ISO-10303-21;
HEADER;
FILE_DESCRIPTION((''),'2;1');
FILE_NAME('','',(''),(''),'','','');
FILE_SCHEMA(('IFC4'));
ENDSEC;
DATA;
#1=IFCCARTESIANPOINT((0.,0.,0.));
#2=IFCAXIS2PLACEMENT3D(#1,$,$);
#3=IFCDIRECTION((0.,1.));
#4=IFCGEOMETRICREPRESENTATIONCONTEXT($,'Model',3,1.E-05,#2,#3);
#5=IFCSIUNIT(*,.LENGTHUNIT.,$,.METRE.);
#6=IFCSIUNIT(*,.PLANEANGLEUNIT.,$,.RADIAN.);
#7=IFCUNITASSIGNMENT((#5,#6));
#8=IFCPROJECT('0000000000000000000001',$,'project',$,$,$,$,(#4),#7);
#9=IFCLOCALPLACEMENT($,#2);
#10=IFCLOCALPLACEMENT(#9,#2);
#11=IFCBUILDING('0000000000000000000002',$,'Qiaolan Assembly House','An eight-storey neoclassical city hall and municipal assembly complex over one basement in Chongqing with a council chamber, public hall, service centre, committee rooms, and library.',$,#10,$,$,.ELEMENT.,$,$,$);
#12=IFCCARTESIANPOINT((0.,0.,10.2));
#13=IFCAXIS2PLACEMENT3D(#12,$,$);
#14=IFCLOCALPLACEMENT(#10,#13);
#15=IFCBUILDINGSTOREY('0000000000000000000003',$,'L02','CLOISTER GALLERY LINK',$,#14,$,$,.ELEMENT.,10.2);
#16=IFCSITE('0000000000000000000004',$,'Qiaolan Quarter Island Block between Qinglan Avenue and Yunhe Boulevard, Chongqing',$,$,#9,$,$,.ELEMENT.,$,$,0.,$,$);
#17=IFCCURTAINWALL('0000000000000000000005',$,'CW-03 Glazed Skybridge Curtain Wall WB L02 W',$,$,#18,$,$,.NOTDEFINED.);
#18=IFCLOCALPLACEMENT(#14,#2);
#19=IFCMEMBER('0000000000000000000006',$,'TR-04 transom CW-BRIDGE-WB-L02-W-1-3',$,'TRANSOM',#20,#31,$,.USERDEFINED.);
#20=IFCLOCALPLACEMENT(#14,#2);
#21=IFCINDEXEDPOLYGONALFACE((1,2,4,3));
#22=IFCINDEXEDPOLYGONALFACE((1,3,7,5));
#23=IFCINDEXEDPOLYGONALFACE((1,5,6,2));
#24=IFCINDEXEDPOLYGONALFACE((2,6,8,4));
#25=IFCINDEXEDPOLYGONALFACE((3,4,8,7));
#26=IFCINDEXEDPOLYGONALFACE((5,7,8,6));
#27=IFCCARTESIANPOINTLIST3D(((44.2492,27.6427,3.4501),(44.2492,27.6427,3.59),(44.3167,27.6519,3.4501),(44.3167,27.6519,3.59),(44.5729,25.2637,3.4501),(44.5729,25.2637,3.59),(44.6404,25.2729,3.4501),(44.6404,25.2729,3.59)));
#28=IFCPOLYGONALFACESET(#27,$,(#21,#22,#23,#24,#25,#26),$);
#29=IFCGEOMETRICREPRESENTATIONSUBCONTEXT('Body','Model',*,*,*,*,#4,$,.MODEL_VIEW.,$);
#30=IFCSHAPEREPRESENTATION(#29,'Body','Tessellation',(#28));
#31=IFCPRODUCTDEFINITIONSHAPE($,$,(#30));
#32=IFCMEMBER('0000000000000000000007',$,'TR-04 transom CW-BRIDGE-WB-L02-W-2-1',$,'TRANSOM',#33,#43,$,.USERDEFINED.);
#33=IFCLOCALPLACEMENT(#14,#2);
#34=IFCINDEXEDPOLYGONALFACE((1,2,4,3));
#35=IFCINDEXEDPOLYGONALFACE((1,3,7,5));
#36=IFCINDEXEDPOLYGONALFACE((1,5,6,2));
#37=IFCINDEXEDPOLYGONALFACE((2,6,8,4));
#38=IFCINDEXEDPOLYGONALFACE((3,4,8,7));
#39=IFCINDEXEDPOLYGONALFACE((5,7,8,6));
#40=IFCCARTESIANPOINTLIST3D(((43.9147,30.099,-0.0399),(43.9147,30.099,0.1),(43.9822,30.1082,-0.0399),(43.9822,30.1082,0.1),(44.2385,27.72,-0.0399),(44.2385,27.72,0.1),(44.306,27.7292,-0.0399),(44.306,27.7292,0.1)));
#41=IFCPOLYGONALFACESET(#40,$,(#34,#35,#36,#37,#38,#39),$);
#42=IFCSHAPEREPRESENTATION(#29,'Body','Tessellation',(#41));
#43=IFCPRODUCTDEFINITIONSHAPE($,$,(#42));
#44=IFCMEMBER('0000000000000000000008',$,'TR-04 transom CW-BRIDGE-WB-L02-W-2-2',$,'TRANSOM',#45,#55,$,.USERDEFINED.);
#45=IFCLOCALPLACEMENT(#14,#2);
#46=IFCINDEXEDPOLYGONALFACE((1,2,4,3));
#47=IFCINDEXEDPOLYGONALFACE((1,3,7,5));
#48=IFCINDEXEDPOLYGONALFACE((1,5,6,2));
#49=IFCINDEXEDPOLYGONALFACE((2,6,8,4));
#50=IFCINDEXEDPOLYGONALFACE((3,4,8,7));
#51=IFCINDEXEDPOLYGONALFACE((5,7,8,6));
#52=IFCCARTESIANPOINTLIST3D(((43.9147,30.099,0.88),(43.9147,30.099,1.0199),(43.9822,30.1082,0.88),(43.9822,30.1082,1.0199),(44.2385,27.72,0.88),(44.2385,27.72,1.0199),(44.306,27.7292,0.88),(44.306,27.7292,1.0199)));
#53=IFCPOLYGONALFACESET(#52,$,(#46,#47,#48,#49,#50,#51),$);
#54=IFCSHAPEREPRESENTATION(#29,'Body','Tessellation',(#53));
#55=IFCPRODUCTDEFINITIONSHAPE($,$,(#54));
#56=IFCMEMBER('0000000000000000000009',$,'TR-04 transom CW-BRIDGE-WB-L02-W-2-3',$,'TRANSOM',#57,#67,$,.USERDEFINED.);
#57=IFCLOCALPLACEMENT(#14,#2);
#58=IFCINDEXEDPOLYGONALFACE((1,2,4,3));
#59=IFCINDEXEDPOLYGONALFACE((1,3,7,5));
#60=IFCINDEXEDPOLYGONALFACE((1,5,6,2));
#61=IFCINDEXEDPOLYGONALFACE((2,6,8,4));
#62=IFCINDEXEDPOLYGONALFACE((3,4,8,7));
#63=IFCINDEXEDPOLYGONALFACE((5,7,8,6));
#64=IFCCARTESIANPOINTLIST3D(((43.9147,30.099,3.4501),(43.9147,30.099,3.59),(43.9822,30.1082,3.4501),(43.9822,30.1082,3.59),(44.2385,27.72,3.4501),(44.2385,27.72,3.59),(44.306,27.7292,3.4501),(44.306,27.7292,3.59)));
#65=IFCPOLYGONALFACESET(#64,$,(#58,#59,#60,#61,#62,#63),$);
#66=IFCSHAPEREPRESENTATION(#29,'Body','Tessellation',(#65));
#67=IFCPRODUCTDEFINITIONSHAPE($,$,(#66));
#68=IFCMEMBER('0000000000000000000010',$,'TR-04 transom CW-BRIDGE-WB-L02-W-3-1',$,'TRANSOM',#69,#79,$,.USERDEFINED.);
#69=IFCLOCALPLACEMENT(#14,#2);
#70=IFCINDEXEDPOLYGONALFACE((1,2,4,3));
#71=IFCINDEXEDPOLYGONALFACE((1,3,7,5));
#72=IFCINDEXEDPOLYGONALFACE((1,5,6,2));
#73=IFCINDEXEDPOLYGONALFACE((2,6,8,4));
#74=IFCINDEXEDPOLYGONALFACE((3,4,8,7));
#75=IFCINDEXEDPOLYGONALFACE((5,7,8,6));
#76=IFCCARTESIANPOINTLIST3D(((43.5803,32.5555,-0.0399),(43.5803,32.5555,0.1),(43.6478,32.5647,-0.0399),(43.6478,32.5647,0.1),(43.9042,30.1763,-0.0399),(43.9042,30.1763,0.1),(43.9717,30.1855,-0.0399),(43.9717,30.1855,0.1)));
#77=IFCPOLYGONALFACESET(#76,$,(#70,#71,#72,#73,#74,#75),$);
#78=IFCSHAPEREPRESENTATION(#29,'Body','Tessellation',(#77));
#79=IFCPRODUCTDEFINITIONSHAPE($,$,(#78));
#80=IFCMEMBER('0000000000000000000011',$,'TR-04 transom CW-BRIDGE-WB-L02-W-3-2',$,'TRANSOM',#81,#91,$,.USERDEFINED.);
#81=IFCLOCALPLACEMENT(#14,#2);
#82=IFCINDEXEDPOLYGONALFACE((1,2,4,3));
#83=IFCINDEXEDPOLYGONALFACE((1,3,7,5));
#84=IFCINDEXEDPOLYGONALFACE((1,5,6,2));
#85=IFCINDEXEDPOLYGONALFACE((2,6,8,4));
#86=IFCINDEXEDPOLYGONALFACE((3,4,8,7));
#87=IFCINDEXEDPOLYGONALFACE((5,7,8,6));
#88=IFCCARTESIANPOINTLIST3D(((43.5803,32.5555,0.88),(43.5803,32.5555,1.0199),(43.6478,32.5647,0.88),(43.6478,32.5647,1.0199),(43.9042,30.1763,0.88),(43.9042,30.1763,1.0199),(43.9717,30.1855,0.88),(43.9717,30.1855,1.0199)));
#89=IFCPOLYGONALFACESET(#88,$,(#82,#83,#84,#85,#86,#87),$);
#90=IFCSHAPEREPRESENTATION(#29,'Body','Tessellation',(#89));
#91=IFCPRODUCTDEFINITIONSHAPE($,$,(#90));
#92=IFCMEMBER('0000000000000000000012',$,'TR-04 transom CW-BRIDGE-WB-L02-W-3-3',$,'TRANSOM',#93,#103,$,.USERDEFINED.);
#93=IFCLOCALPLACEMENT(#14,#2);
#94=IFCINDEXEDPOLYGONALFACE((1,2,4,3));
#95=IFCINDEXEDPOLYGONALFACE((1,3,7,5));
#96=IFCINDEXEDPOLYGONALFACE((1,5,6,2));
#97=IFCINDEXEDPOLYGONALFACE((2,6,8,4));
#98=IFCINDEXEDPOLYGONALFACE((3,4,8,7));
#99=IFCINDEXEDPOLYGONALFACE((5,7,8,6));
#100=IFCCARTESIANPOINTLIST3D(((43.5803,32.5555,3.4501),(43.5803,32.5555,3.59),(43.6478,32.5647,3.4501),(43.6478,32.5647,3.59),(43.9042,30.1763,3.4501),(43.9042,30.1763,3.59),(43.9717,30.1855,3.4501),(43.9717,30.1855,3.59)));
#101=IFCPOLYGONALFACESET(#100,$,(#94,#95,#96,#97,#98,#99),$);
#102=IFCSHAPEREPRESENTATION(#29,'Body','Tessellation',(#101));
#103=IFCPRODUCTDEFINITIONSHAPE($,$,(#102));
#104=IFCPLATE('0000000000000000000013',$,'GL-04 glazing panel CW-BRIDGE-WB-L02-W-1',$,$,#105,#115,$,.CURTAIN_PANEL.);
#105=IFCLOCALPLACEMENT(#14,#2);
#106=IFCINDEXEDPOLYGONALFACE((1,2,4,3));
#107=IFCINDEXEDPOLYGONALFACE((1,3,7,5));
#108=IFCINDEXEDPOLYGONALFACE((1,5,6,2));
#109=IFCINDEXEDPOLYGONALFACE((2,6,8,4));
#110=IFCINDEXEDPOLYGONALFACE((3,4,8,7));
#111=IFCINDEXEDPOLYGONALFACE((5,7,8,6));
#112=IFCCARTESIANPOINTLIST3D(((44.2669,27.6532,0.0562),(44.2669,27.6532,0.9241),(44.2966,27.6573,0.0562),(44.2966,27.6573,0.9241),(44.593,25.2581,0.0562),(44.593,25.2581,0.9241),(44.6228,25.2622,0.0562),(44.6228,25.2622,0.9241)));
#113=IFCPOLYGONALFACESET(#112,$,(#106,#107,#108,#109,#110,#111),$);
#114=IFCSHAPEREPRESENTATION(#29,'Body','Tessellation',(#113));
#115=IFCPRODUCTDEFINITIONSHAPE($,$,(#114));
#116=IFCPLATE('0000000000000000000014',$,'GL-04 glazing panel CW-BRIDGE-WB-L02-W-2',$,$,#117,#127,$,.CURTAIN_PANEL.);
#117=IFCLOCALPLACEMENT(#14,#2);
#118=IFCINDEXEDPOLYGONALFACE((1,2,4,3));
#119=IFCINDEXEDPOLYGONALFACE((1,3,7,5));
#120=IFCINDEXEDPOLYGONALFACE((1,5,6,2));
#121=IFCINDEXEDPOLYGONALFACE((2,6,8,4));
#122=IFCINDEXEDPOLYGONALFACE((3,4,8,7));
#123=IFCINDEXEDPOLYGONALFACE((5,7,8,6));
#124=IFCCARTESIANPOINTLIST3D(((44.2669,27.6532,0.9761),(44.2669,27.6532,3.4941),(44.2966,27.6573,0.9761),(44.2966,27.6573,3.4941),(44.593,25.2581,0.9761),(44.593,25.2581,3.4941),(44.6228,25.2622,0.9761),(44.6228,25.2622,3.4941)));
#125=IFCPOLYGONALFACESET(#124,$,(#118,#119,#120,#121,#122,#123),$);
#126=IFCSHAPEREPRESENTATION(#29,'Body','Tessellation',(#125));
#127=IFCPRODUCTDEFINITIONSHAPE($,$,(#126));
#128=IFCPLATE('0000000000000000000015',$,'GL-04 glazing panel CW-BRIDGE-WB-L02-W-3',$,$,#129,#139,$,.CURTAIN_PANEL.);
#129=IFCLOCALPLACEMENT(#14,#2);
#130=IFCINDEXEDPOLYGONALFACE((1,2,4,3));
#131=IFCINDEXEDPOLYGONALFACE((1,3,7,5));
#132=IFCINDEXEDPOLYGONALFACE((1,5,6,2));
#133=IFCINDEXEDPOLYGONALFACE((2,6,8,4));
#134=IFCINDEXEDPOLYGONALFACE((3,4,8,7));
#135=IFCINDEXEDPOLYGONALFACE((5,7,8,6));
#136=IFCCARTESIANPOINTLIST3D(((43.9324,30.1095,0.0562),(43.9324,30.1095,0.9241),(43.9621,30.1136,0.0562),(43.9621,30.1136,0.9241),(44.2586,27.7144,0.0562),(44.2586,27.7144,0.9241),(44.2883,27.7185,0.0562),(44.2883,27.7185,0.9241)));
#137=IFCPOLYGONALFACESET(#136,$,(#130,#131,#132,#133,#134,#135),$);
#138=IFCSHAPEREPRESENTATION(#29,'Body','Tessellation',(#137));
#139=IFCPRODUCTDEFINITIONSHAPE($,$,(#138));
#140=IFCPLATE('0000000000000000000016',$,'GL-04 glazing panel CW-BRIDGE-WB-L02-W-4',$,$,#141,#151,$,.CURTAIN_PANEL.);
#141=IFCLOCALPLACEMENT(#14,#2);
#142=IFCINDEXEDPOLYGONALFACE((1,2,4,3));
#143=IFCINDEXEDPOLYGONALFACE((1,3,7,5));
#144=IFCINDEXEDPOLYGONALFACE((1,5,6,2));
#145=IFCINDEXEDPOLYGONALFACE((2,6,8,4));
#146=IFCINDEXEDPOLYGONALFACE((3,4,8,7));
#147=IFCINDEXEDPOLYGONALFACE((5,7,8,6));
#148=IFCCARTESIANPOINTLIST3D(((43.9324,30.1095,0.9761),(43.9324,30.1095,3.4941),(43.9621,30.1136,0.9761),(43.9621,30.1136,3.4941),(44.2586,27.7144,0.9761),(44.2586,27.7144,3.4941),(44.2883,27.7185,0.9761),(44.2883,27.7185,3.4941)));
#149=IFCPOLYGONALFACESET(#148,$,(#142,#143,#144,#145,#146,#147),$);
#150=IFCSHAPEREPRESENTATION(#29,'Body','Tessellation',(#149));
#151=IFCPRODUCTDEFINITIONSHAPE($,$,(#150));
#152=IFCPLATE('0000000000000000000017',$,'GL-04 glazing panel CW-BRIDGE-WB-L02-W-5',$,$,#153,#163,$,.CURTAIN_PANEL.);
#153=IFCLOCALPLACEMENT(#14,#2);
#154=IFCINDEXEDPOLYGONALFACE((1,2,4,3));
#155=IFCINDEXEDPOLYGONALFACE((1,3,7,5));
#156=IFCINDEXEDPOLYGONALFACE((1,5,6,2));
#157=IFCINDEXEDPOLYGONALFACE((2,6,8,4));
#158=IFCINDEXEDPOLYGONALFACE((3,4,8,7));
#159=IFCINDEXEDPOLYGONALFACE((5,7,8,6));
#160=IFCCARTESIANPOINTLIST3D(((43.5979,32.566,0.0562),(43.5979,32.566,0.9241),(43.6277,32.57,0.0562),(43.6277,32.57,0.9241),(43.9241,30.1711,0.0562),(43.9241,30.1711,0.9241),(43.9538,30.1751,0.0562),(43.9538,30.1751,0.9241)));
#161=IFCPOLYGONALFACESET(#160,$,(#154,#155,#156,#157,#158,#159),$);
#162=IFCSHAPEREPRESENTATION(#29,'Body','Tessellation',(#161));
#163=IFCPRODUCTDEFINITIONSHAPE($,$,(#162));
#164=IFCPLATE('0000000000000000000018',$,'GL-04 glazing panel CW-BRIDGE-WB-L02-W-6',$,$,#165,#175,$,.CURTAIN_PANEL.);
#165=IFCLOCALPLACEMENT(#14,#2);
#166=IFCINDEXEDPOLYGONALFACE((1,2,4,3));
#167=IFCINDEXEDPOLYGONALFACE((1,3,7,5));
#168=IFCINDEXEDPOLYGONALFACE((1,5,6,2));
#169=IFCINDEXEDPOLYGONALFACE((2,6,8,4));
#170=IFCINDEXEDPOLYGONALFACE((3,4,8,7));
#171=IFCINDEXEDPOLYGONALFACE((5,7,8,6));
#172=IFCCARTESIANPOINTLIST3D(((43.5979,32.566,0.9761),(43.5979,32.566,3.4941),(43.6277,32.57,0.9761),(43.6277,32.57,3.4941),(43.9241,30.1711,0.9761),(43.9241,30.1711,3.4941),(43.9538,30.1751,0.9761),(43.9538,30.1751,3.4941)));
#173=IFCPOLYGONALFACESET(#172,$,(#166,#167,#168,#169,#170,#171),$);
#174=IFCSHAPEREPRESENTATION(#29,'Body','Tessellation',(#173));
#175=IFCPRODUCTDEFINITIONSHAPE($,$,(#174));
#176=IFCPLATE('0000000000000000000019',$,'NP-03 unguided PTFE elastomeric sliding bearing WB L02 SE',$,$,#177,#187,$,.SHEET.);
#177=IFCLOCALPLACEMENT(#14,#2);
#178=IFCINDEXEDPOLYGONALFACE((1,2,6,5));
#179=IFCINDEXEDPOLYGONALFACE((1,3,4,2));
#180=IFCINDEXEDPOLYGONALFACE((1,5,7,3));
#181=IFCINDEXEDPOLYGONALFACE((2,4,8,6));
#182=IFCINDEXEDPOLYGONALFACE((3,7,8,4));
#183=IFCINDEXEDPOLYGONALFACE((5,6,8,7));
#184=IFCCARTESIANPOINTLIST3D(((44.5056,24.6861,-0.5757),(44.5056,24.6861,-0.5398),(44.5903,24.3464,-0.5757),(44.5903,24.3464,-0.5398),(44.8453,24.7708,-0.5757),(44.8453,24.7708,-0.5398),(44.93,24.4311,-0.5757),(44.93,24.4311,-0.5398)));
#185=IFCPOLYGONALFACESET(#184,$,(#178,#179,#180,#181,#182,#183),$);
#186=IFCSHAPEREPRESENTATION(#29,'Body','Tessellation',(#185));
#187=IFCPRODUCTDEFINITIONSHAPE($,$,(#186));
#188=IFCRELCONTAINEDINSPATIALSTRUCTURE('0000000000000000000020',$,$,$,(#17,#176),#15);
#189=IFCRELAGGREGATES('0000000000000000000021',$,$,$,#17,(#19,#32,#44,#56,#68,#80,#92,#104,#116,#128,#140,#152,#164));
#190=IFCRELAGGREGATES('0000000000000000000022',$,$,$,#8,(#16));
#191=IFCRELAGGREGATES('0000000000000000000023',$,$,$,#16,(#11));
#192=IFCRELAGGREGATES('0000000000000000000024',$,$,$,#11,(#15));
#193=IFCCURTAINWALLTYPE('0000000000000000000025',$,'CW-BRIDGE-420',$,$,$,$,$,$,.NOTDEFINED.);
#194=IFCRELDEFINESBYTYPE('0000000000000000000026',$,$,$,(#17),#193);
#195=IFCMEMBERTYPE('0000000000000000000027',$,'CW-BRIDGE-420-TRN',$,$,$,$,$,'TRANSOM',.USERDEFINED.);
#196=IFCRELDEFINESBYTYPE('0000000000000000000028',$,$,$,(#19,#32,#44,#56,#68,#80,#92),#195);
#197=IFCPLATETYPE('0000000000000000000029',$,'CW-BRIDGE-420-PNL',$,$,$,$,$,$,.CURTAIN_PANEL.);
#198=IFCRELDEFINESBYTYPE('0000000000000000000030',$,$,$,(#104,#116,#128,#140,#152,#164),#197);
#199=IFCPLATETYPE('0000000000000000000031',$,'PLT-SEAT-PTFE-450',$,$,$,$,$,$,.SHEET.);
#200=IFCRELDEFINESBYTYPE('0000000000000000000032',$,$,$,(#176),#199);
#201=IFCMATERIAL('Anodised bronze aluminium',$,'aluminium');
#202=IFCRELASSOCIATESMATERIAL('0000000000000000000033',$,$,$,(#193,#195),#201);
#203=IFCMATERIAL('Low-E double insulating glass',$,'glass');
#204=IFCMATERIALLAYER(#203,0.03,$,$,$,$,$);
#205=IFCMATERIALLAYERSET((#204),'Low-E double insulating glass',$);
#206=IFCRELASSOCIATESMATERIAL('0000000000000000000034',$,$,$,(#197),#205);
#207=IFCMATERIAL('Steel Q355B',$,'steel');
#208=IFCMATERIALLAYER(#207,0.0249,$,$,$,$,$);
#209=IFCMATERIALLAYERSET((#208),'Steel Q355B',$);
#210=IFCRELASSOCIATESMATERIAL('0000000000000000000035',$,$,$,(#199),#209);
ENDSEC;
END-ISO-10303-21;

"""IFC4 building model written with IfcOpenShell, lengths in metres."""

from ifc_helpers import new_model, si_unit, direction, frame, frame_2d, origin, origin_2d, place, context, subcontext, project, spatial, rectangle, extrude, material, layer, layer_set, material_profile, profile_set, type_object, element, aggregate, save


model = new_model("IFC4")

# Units and contexts
model_context = context("Model", 3, precision=1e-05, world=origin(), true_north=direction((0.0, 1.0)))
body_context = subcontext(model_context, "Body", "Model", "MODEL_VIEW")
ifc_project = project(units=[si_unit("LENGTHUNIT", "METRE"), si_unit("PLANEANGLEUNIT", "RADIAN")], contexts=[model_context])

# Site, building, storey
site_placement = place(None, origin())
site = spatial("IfcSite", under=ifc_project, at=site_placement, Name="Qiaolan Quarter Island Block between Qinglan Avenue and Yunhe Boulevard, Chongqing", CompositionType="ELEMENT", RefElevation=0.0)
building_placement = place(site_placement, origin())
building = spatial("IfcBuilding", under=site, at=building_placement, Name="Qiaolan Assembly House", Description="An eight-storey neoclassical city hall and municipal assembly complex over one basement in Chongqing with a council chamber, public hall, service centre, committee rooms, and library.", CompositionType="ELEMENT")
storey_placement = place(building_placement, frame((0.0, 0.0, 10.2)))
storey = spatial("IfcBuildingStorey", under=building, at=storey_placement, Name="L02", Description="CLOISTER GALLERY LINK", CompositionType="ELEMENT", Elevation=10.2)

# Shared definitions
ifc_material_1 = material(Name="Steel Q355B", Category="steel")

# Curtain wall, members, plates
ifc_material_2 = material(Name="Anodised bronze aluminium", Category="aluminium")
curtain_wall_type = type_object("IfcCurtainWallType", Name="CW-BRIDGE-420", PredefinedType="NOTDEFINED", material=ifc_material_2)
curtain_wall_placement = place(storey_placement, origin())
curtain_wall = element("IfcCurtainWall", 1, at=curtain_wall_placement, inside=storey, type_object=curtain_wall_type, Name="CW-03 Glazed Skybridge Curtain Wall WB L02 W", PredefinedType="NOTDEFINED")
ifc_material_profile_1 = material_profile(ifc_material_2, rectangle(XDim=0.0681, YDim=0.1399, at=origin_2d()), Name="TRN 68x140")
ifc_profile_set_1 = profile_set([ifc_material_profile_1], Name="Anodised bronze aluminium")
member_type_1 = type_object("IfcMemberType", Name="CW-BRIDGE-420-TRN", ElementType="TRANSOM", PredefinedType="USERDEFINED", material=ifc_profile_set_1)
member_1_placement = place(storey_placement, frame((44.6067, 25.2683, 3.52), z_axis=(-0.134841, 0.990867, 0.0), x_axis=(-0.990867, -0.134841, 0.0)))
member_1 = element("IfcMember", 2, at=member_1_placement, type_object=member_type_1, Name="TR-04 transom CW-BRIDGE-WB-L02-W-1-3", ObjectType="TRANSOM", PredefinedType="USERDEFINED", context=body_context, shape_type="SweptSolid", body=[
    extrude(rectangle(XDim=0.0681, YDim=0.1399, at=origin_2d()), origin(), (0.0, 0.0, 1.0), 2.4009),
])
member_2_placement = place(storey_placement, frame((44.2722, 27.7246, 0.03), z_axis=(-0.134841, 0.990867, 0.0), x_axis=(-0.990867, -0.134841, 0.0)))
member_2 = element("IfcMember", 3, at=member_2_placement, type_object=member_type_1, Name="TR-04 transom CW-BRIDGE-WB-L02-W-2-1", ObjectType="TRANSOM", PredefinedType="USERDEFINED", context=body_context, shape_type="SweptSolid", body=[
    extrude(rectangle(XDim=0.0681, YDim=0.1399, at=origin_2d()), origin(), (0.0, 0.0, 1.0), 2.4009),
])
member_3_placement = place(storey_placement, frame((44.2722, 27.7246, 0.95), z_axis=(-0.134841, 0.990867, 0.0), x_axis=(-0.990867, -0.134841, 0.0)))
member_3 = element("IfcMember", 4, at=member_3_placement, type_object=member_type_1, Name="TR-04 transom CW-BRIDGE-WB-L02-W-2-2", ObjectType="TRANSOM", PredefinedType="USERDEFINED", context=body_context, shape_type="SweptSolid", body=[
    extrude(rectangle(XDim=0.0681, YDim=0.1399, at=origin_2d()), origin(), (0.0, 0.0, 1.0), 2.4009),
])
member_4_placement = place(storey_placement, frame((44.2722, 27.7246, 3.52), z_axis=(-0.134841, 0.990867, 0.0), x_axis=(-0.990867, -0.134841, 0.0)))
member_4 = element("IfcMember", 5, at=member_4_placement, type_object=member_type_1, Name="TR-04 transom CW-BRIDGE-WB-L02-W-2-3", ObjectType="TRANSOM", PredefinedType="USERDEFINED", context=body_context, shape_type="SweptSolid", body=[
    extrude(rectangle(XDim=0.0681, YDim=0.1399, at=origin_2d()), origin(), (0.0, 0.0, 1.0), 2.4009),
])
member_5_placement = place(storey_placement, frame((43.938, 30.1809, 0.03), z_axis=(-0.134927, 0.990856, 0.0), x_axis=(-0.990856, -0.134927, 0.0)))
member_5 = element("IfcMember", 6, at=member_5_placement, type_object=member_type_1, Name="TR-04 transom CW-BRIDGE-WB-L02-W-3-1", ObjectType="TRANSOM", PredefinedType="USERDEFINED", context=body_context, shape_type="SweptSolid", body=[
    extrude(rectangle(XDim=0.0681, YDim=0.1399, at=origin_2d()), origin(), (0.0, 0.0, 1.0), 2.4011),
])
member_6_placement = place(storey_placement, frame((43.938, 30.1809, 0.95), z_axis=(-0.134927, 0.990856, 0.0), x_axis=(-0.990856, -0.134927, 0.0)))
member_6 = element("IfcMember", 7, at=member_6_placement, type_object=member_type_1, Name="TR-04 transom CW-BRIDGE-WB-L02-W-3-2", ObjectType="TRANSOM", PredefinedType="USERDEFINED", context=body_context, shape_type="SweptSolid", body=[
    extrude(rectangle(XDim=0.0681, YDim=0.1399, at=origin_2d()), origin(), (0.0, 0.0, 1.0), 2.4011),
])
member_7_placement = place(storey_placement, frame((43.938, 30.1809, 3.52), z_axis=(-0.134927, 0.990856, 0.0), x_axis=(-0.990856, -0.134927, 0.0)))
member_7 = element("IfcMember", 8, at=member_7_placement, type_object=member_type_1, Name="TR-04 transom CW-BRIDGE-WB-L02-W-3-3", ObjectType="TRANSOM", PredefinedType="USERDEFINED", context=body_context, shape_type="SweptSolid", body=[
    extrude(rectangle(XDim=0.0681, YDim=0.1399, at=origin_2d()), origin(), (0.0, 0.0, 1.0), 2.4011),
])
ifc_material_3 = material(Name="Low-E double insulating glass", Category="glass")
ifc_layer_1 = layer(ifc_material_3, 0.03)
ifc_layer_set_1 = layer_set([ifc_layer_1], Name="Low-E double insulating glass")
plate_type_1 = type_object("IfcPlateType", Name="CW-BRIDGE-420-PNL", PredefinedType="CURTAIN_PANEL", material=ifc_layer_set_1)
plate_1_placement = place(storey_placement, frame((44.6079, 25.2603, 0.0562), z_axis=(0.0, 0.0, 1.0), x_axis=(-0.134942, 0.990854, 0.0)))
plate_1 = element("IfcPlate", 9, at=plate_1_placement, type_object=plate_type_1, Name="GL-04 glazing panel CW-BRIDGE-WB-L02-W-1", PredefinedType="CURTAIN_PANEL", context=body_context, shape_type="SweptSolid", body=[
    extrude(rectangle(XDim=2.4172, YDim=0.03, at=frame_2d((1.2085, 0.0))), origin(), (0.0, 0.0, 1.0), 0.8679),
])
plate_2_placement = place(storey_placement, frame((44.6079, 25.2603, 0.9761), z_axis=(0.0, 0.0, 1.0), x_axis=(-0.134942, 0.990854, 0.0)))
plate_2 = element("IfcPlate", 10, at=plate_2_placement, type_object=plate_type_1, Name="GL-04 glazing panel CW-BRIDGE-WB-L02-W-2", PredefinedType="CURTAIN_PANEL", context=body_context, shape_type="SweptSolid", body=[
    extrude(rectangle(XDim=2.4172, YDim=0.03, at=frame_2d((1.2085, 0.0))), origin(), (0.0, 0.0, 1.0), 2.5181),
])
plate_3_placement = place(storey_placement, frame((44.2734, 27.7166, 0.0562), z_axis=(0.0, 0.0, 1.0), x_axis=(-0.134942, 0.990854, 0.0)))
plate_3 = element("IfcPlate", 11, at=plate_3_placement, type_object=plate_type_1, Name="GL-04 glazing panel CW-BRIDGE-WB-L02-W-3", PredefinedType="CURTAIN_PANEL", context=body_context, shape_type="SweptSolid", body=[
    extrude(rectangle(XDim=2.4172, YDim=0.03, at=frame_2d((1.2085, 0.0))), origin(), (0.0, 0.0, 1.0), 0.8679),
])
plate_4_placement = place(storey_placement, frame((44.2734, 27.7166, 0.9761), z_axis=(0.0, 0.0, 1.0), x_axis=(-0.134942, 0.990854, 0.0)))
plate_4 = element("IfcPlate", 12, at=plate_4_placement, type_object=plate_type_1, Name="GL-04 glazing panel CW-BRIDGE-WB-L02-W-4", PredefinedType="CURTAIN_PANEL", context=body_context, shape_type="SweptSolid", body=[
    extrude(rectangle(XDim=2.4172, YDim=0.03, at=frame_2d((1.2085, 0.0))), origin(), (0.0, 0.0, 1.0), 2.5181),
])
plate_5_placement = place(storey_placement, frame((43.939, 30.1731, 0.0562), z_axis=(0.0, 0.0, 1.0), x_axis=(-0.134955, 0.990852, 0.0)))
plate_5 = element("IfcPlate", 13, at=plate_5_placement, type_object=plate_type_1, Name="GL-04 glazing panel CW-BRIDGE-WB-L02-W-5", PredefinedType="CURTAIN_PANEL", context=body_context, shape_type="SweptSolid", body=[
    extrude(rectangle(XDim=2.417, YDim=0.03, at=frame_2d((1.2085, 0.0))), origin(), (0.0, 0.0, 1.0), 0.8679),
])
plate_6_placement = place(storey_placement, frame((43.939, 30.1731, 0.9761), z_axis=(0.0, 0.0, 1.0), x_axis=(-0.134955, 0.990852, 0.0)))
plate_6 = element("IfcPlate", 14, at=plate_6_placement, type_object=plate_type_1, Name="GL-04 glazing panel CW-BRIDGE-WB-L02-W-6", PredefinedType="CURTAIN_PANEL", context=body_context, shape_type="SweptSolid", body=[
    extrude(rectangle(XDim=2.417, YDim=0.03, at=frame_2d((1.2085, 0.0))), origin(), (0.0, 0.0, 1.0), 2.5181),
])
aggregate(curtain_wall, [member_1, member_2, member_3, member_4, member_5, member_6, member_7, plate_1, plate_2, plate_3, plate_4, plate_5, plate_6])

# Plate
ifc_layer_2 = layer(ifc_material_1, 0.0249)
ifc_layer_set_2 = layer_set([ifc_layer_2], Name="Steel Q355B")
plate_type_2 = type_object("IfcPlateType", Name="PLT-SEAT-PTFE-450", PredefinedType="SHEET", material=ifc_layer_set_2)
plate_7_placement = place(storey_placement, frame((44.7178, 24.5586, -0.5757), z_axis=(0.0, 0.0, 1.0), x_axis=(0.970296, 0.241922, 0.0)))
element("IfcPlate", 15, at=plate_7_placement, inside=storey, type_object=plate_type_2, Name="NP-03 unguided PTFE elastomeric sliding bearing WB L02 SE", PredefinedType="SHEET", context=body_context, shape_type="SweptSolid", body=[
    extrude(rectangle(XDim=0.3501, YDim=0.3501, at=origin_2d()), origin(), (0.0, 0.0, 1.0), 0.0359),
])

save(model, "model.ifc")
